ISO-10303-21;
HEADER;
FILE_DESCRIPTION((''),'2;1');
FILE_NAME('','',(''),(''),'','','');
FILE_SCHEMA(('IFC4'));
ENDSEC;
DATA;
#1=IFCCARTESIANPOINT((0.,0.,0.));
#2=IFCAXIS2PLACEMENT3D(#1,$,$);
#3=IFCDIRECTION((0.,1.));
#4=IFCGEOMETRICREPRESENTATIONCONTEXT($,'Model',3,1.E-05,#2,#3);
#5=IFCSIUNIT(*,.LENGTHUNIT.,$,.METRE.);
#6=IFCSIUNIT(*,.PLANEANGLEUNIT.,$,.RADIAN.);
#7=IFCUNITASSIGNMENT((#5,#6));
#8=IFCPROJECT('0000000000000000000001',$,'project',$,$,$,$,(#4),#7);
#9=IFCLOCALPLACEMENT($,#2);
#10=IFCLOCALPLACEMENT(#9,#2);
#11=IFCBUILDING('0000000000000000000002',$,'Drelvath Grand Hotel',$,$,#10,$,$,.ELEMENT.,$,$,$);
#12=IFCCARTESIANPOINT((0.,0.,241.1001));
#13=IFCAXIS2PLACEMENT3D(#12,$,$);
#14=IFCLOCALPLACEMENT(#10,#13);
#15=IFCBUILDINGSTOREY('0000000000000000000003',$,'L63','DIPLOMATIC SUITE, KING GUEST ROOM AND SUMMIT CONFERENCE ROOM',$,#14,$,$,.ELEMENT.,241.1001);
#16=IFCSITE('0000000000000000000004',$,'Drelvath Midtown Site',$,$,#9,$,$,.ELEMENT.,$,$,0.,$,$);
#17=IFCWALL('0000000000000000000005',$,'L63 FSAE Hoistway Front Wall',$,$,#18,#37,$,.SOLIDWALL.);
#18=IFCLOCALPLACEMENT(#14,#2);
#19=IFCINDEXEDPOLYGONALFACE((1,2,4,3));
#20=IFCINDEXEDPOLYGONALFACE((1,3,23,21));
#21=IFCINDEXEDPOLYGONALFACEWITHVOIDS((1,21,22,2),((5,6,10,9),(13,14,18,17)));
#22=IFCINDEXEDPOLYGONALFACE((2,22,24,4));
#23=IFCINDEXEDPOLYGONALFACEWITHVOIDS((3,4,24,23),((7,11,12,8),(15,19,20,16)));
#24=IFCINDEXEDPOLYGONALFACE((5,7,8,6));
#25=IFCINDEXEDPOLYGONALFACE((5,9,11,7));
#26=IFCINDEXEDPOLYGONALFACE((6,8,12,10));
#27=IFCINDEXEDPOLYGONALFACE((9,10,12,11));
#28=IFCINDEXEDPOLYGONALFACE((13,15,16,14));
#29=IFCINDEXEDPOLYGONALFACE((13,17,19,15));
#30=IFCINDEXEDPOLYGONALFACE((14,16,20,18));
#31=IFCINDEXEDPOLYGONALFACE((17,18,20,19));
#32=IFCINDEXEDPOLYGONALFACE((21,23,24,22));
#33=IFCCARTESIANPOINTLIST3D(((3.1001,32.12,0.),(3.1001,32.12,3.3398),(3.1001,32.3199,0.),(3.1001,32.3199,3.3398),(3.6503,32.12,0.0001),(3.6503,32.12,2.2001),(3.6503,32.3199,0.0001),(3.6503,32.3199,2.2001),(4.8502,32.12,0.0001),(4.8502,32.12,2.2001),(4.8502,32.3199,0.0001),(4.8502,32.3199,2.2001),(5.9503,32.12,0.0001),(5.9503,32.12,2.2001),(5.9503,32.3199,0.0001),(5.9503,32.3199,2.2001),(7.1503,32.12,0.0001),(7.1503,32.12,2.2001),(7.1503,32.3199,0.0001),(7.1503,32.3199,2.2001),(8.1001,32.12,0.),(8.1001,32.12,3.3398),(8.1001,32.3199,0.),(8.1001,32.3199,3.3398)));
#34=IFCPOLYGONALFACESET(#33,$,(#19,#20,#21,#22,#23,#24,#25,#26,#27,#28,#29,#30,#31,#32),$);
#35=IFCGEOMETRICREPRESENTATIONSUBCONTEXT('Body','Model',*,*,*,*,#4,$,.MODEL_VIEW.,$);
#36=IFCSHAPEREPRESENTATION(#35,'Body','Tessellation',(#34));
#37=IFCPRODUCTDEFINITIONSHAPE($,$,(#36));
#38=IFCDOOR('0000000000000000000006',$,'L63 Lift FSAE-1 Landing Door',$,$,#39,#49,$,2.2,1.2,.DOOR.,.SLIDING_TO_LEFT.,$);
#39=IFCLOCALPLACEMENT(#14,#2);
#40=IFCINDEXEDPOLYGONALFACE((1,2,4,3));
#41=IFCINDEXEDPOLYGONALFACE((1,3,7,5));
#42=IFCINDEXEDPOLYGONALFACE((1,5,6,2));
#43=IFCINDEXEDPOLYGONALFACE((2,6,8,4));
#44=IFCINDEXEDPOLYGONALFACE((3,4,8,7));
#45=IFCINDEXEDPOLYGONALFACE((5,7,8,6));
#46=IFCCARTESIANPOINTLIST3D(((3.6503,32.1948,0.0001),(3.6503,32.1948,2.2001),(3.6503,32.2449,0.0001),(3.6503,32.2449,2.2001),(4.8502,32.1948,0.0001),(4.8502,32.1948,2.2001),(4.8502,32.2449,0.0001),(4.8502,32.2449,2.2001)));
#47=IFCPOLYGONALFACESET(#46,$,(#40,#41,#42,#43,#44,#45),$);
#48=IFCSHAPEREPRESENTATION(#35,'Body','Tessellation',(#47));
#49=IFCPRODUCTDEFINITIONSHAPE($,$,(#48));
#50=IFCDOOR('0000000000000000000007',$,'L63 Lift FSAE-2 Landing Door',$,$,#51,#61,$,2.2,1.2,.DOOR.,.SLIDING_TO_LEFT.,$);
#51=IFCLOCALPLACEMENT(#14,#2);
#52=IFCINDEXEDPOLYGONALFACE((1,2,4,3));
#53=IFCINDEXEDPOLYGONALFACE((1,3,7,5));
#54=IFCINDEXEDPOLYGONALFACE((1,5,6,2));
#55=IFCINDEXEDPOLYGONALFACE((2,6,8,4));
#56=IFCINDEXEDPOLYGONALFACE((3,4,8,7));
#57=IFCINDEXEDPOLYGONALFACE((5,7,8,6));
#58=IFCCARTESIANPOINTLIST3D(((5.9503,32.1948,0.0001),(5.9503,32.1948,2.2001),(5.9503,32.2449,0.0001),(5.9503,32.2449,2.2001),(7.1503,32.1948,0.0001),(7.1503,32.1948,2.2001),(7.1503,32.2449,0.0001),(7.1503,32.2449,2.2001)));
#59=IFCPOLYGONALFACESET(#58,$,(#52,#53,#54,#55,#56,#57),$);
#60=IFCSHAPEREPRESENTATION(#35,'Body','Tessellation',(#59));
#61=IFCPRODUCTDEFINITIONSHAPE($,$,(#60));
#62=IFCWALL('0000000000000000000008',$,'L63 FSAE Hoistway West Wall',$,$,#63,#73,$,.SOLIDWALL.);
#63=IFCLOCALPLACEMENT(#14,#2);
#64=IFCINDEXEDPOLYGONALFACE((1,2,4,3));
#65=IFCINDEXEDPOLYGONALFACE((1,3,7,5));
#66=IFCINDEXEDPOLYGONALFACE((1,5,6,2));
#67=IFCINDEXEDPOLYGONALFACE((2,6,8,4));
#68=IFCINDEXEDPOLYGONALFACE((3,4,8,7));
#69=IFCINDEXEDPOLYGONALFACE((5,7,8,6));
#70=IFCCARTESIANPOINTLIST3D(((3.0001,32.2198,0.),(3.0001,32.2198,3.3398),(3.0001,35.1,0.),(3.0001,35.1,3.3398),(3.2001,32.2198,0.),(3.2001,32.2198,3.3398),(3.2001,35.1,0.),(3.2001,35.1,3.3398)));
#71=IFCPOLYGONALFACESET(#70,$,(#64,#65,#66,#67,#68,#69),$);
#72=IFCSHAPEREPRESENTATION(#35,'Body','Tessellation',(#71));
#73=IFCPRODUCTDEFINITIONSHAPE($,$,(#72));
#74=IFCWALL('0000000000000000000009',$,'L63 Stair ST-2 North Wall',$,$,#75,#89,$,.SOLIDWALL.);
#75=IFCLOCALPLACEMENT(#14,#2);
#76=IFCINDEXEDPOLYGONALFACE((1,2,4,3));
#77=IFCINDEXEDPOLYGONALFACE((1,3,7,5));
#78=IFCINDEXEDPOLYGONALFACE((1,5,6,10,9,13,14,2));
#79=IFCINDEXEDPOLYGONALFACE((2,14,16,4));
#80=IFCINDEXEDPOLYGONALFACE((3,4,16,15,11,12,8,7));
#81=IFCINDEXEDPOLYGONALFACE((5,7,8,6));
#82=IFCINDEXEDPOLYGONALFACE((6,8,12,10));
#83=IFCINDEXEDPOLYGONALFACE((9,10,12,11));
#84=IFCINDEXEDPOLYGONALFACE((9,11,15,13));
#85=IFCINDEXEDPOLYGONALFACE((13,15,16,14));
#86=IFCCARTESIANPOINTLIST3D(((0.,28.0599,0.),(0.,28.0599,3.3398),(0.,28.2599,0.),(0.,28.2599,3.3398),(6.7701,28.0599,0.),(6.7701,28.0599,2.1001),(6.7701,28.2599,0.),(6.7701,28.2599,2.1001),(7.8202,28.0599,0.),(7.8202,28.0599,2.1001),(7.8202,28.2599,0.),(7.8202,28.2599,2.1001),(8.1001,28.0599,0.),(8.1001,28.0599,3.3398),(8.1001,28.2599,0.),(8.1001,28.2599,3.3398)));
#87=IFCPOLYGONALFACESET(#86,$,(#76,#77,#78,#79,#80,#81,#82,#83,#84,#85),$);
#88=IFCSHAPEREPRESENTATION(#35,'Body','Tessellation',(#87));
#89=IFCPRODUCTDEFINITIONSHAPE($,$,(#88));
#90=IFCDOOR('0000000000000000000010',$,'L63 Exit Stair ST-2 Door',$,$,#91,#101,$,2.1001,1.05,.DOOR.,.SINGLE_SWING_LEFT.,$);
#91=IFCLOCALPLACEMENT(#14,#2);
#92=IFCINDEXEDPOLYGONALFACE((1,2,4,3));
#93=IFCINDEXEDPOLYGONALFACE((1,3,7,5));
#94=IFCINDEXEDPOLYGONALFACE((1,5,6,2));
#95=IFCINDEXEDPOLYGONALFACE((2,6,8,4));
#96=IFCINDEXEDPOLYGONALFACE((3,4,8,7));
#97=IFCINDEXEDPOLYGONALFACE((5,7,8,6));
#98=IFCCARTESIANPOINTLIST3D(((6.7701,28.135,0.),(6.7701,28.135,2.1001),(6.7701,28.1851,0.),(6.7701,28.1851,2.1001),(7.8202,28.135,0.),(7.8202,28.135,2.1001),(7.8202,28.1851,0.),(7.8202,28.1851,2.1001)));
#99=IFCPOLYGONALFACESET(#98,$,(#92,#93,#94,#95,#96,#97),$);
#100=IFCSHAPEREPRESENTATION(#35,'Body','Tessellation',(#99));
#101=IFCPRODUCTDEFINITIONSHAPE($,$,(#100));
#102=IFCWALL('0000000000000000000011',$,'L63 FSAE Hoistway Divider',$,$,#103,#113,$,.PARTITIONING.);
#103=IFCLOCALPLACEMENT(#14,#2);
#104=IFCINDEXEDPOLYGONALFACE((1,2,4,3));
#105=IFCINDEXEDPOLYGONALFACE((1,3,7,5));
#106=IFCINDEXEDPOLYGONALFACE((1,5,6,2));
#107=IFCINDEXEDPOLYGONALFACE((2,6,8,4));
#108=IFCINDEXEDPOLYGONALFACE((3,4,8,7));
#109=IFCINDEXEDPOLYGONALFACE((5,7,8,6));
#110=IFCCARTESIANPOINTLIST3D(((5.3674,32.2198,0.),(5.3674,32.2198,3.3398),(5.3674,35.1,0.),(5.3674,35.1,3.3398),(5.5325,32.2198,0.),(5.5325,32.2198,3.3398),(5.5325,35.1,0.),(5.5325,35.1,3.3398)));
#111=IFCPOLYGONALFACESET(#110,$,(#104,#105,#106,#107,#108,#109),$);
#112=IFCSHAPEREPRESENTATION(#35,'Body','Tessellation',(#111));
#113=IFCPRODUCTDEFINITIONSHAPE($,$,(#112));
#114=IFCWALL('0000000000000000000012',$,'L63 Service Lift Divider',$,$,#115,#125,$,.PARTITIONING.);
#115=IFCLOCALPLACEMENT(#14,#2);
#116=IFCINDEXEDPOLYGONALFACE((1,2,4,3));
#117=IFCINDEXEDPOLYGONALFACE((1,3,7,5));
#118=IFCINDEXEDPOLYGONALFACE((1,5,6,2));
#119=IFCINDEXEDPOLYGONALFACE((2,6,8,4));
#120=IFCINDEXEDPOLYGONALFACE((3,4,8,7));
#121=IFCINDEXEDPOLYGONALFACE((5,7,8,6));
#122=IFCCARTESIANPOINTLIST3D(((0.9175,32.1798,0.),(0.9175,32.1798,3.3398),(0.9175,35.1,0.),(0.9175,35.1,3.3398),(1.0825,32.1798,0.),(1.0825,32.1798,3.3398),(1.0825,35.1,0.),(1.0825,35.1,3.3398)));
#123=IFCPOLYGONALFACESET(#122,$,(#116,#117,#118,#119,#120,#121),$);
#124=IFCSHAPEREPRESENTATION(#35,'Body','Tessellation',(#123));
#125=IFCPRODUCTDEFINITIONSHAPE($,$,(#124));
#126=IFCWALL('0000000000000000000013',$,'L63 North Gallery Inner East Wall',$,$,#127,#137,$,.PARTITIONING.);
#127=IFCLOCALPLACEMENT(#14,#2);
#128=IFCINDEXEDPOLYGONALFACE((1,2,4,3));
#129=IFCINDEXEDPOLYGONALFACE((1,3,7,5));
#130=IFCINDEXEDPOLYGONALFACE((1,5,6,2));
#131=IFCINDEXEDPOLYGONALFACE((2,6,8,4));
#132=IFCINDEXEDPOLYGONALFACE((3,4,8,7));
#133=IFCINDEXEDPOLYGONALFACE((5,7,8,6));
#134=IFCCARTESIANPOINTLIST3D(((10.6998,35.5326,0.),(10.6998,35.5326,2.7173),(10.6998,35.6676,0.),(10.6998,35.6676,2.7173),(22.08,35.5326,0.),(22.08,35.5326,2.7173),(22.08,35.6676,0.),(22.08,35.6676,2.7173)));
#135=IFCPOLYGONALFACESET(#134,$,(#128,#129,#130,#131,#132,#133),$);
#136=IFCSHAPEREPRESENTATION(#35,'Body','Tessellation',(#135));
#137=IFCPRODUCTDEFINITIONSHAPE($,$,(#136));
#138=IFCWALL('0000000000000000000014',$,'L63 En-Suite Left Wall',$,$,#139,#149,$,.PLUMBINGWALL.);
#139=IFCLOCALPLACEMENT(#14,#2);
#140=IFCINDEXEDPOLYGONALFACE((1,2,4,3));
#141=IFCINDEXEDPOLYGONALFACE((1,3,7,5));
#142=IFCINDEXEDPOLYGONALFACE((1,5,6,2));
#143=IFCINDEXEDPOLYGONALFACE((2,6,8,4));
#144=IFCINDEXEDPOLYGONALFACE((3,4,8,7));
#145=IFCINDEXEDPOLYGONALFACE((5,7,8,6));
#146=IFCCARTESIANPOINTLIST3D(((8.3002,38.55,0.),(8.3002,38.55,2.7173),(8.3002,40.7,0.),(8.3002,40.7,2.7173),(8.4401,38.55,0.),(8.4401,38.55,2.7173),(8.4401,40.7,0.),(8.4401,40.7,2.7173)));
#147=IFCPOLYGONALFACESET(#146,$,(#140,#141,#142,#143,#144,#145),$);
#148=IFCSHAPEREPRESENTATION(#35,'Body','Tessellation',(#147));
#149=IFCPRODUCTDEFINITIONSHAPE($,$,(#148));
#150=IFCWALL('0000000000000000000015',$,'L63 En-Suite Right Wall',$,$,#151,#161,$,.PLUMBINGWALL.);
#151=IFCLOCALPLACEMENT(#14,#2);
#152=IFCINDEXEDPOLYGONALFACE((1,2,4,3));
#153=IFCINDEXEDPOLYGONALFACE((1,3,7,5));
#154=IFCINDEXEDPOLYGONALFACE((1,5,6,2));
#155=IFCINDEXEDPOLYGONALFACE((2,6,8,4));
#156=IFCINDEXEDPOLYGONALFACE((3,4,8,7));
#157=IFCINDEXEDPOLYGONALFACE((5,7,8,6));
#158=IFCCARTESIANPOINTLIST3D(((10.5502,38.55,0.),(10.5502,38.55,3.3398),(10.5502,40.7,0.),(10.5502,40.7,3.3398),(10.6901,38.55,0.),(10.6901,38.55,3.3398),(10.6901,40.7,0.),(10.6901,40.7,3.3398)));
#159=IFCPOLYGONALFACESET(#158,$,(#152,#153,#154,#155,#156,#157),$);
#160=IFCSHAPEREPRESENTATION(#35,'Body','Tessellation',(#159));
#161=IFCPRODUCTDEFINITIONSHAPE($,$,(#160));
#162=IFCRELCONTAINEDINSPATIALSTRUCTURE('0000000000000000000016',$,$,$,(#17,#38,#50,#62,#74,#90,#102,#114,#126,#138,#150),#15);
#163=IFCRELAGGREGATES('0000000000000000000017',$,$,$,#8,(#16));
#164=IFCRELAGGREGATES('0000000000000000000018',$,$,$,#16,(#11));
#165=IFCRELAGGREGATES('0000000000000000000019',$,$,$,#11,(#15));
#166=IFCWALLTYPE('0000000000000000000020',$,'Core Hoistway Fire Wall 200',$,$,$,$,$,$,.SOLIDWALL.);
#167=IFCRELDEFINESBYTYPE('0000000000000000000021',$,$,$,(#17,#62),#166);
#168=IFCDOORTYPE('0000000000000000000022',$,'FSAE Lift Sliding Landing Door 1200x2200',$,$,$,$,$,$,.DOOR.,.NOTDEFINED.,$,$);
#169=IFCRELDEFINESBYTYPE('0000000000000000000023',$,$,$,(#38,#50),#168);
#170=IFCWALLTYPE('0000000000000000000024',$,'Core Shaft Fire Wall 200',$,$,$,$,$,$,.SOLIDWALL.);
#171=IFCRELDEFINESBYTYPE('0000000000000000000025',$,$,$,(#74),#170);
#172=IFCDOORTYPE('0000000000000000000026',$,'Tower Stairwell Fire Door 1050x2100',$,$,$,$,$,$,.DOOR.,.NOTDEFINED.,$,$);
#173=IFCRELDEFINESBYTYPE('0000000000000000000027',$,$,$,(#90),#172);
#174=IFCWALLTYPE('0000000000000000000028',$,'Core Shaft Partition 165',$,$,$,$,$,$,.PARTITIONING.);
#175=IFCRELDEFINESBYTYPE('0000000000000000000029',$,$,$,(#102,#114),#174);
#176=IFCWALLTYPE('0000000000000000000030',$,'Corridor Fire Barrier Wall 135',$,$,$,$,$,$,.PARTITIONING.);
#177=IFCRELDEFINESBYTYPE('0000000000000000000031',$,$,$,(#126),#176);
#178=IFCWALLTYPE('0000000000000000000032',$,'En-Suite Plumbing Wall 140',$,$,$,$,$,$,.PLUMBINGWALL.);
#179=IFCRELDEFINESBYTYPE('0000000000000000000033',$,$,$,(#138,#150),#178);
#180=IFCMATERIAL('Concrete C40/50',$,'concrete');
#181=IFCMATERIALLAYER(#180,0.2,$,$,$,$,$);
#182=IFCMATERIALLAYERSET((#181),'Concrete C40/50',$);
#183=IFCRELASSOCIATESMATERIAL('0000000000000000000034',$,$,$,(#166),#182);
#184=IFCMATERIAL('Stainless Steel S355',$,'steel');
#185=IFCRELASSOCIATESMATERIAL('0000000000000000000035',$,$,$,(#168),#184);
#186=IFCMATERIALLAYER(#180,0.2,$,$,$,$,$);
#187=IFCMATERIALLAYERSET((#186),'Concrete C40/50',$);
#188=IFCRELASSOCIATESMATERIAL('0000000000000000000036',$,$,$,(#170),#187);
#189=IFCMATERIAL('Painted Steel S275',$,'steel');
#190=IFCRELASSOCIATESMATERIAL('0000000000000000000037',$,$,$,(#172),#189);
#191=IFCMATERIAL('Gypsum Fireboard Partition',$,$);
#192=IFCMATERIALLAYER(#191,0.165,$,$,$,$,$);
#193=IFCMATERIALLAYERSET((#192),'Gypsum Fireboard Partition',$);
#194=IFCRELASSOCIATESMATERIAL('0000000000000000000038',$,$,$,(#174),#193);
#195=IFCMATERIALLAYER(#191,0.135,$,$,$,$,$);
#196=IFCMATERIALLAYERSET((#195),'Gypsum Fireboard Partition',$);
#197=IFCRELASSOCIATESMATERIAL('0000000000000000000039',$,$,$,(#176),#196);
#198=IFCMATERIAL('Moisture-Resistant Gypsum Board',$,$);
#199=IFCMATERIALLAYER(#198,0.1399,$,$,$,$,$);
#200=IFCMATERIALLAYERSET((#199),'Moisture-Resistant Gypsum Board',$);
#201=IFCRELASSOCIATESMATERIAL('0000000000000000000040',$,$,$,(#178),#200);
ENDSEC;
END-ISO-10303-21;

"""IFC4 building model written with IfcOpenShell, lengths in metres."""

from ifc_helpers import new_model, si_unit, direction, frame, frame_2d, origin, place, context, subcontext, project, spatial, rectangle, extrude, material, layer, layer_set, type_object, element, fill, save


model = new_model("IFC4")

# Units and contexts
model_context = context("Model", 3, precision=1e-05, world=origin(), true_north=direction((0.0, 1.0)))
body_context = subcontext(model_context, "Body", "Model", "MODEL_VIEW")
ifc_project = project(units=[si_unit("LENGTHUNIT", "METRE"), si_unit("PLANEANGLEUNIT", "RADIAN")], contexts=[model_context])

# Site, building, storey
site_placement = place(None, origin())
site = spatial("IfcSite", under=ifc_project, at=site_placement, Name="Drelvath Midtown Site", CompositionType="ELEMENT", RefElevation=0.0)
building_placement = place(site_placement, origin())
building = spatial("IfcBuilding", under=site, at=building_placement, Name="Drelvath Grand Hotel", CompositionType="ELEMENT")
storey_placement = place(building_placement, frame((0.0, 0.0, 241.1001)))
storey = spatial("IfcBuildingStorey", under=building, at=storey_placement, Name="L63", Description="DIPLOMATIC SUITE, KING GUEST ROOM AND SUMMIT CONFERENCE ROOM", CompositionType="ELEMENT", Elevation=241.1001)

# Wall, openings, doors
ifc_material_1 = material(Name="Concrete C40/50", Category="concrete")
ifc_layer_1 = layer(ifc_material_1, 0.2)
ifc_layer_set_1 = layer_set([ifc_layer_1], Name="Concrete C40/50")
wall_type_1 = type_object("IfcWallType", Name="Core Hoistway Fire Wall 200", PredefinedType="SOLIDWALL", material=ifc_layer_set_1)
wall_1_placement = place(storey_placement, frame((3.1001, 32.22, 0.0), z_axis=(0.0, 0.0, 1.0), x_axis=(1.0, 0.0, 0.0)))
wall_1 = element("IfcWall", 1, at=wall_1_placement, inside=storey, type_object=wall_type_1, Name="L63 FSAE Hoistway Front Wall", PredefinedType="SOLIDWALL", context=body_context, shape_type="SweptSolid", body=[
    extrude(rectangle(XDim=5.0, YDim=0.2, at=frame_2d((2.5, 0.0))), origin(), (0.0, 0.0, 1.0), 3.3398),
])
opening_1_placement = place(wall_1_placement, frame((0.55, 0.0, 0.0)))
opening_1 = element("IfcOpeningElement", 2, at=opening_1_placement, cuts=wall_1, PredefinedType="OPENING", context=body_context, shape_type="SweptSolid", body=[
    extrude(rectangle(XDim=1.2, YDim=2.2, at=frame_2d((0.6001, 1.1001))), frame((0.0, 0.1099, 0.0), z_axis=(0.0, -1.0, 0.0), x_axis=(1.0, 0.0, 0.0)), (0.0, 0.0, 1.0), 0.22),
])
opening_2_placement = place(wall_1_placement, frame((2.8501, 0.0, 0.0)))
opening_2 = element("IfcOpeningElement", 3, at=opening_2_placement, cuts=wall_1, PredefinedType="OPENING", context=body_context, shape_type="SweptSolid", body=[
    extrude(rectangle(XDim=1.2, YDim=2.2, at=frame_2d((0.6001, 1.1001))), frame((0.0, 0.1099, 0.0), z_axis=(0.0, -1.0, 0.0), x_axis=(1.0, 0.0, 0.0)), (0.0, 0.0, 1.0), 0.22),
])
ifc_material_2 = material(Name="Stainless Steel S355", Category="steel")
door_type_1 = type_object("IfcDoorType", Name="FSAE Lift Sliding Landing Door 1200x2200", OperationType="NOTDEFINED", PredefinedType="DOOR", material=ifc_material_2)
door_1_placement = place(opening_1_placement, origin())
door_1 = element("IfcDoor", 4, at=door_1_placement, inside=storey, type_object=door_type_1, Name="L63 Lift FSAE-1 Landing Door", OperationType="SLIDING_TO_LEFT", OverallHeight=2.2, OverallWidth=1.2, PredefinedType="DOOR", context=body_context, shape_type="SweptSolid", body=[
    extrude(rectangle(XDim=1.2, YDim=2.2, at=frame_2d((0.6001, 1.1001))), frame((0.0, 0.0249, 0.0), z_axis=(0.0, -1.0, 0.0), x_axis=(1.0, 0.0, 0.0)), (0.0, 0.0, 1.0), 0.05),
])
fill(opening_1, door_1)
door_2_placement = place(opening_2_placement, origin())
door_2 = element("IfcDoor", 5, at=door_2_placement, inside=storey, type_object=door_type_1, Name="L63 Lift FSAE-2 Landing Door", OperationType="SLIDING_TO_LEFT", OverallHeight=2.2, OverallWidth=1.2, PredefinedType="DOOR", context=body_context, shape_type="SweptSolid", body=[
    extrude(rectangle(XDim=1.2, YDim=2.2, at=frame_2d((0.6001, 1.1001))), frame((0.0, 0.0249, 0.0), z_axis=(0.0, -1.0, 0.0), x_axis=(1.0, 0.0, 0.0)), (0.0, 0.0, 1.0), 0.05),
])
fill(opening_2, door_2)

# Wall
wall_2_placement = place(storey_placement, frame((3.1001, 32.22, 0.0), z_axis=(0.0, 0.0, 1.0), x_axis=(0.0, 1.0, 0.0)))
element("IfcWall", 6, at=wall_2_placement, inside=storey, type_object=wall_type_1, Name="L63 FSAE Hoistway West Wall", PredefinedType="SOLIDWALL", context=body_context, shape_type="SweptSolid", body=[
    extrude(rectangle(XDim=2.8801, YDim=0.2, at=frame_2d((1.4399, 0.0))), origin(), (0.0, 0.0, 1.0), 3.3398),
])

# Wall, opening, door
ifc_layer_2 = layer(ifc_material_1, 0.2)
ifc_layer_set_2 = layer_set([ifc_layer_2], Name="Concrete C40/50")
wall_type_2 = type_object("IfcWallType", Name="Core Shaft Fire Wall 200", PredefinedType="SOLIDWALL", material=ifc_layer_set_2)
wall_3_placement = place(storey_placement, frame((8.1001, 28.1599, 0.0), z_axis=(0.0, 0.0, 1.0), x_axis=(-1.0, 0.0, 0.0)))
wall_3 = element("IfcWall", 7, at=wall_3_placement, inside=storey, type_object=wall_type_2, Name="L63 Stair ST-2 North Wall", PredefinedType="SOLIDWALL", context=body_context, shape_type="SweptSolid", body=[
    extrude(rectangle(XDim=8.1001, YDim=0.2, at=frame_2d((4.05, 0.0))), origin(), (0.0, 0.0, 1.0), 3.3398),
])
opening_3_placement = place(wall_3_placement, frame((0.28, 0.0, 0.0)))
opening_3 = element("IfcOpeningElement", 8, at=opening_3_placement, cuts=wall_3, PredefinedType="OPENING", context=body_context, shape_type="SweptSolid", body=[
    extrude(rectangle(XDim=1.05, YDim=2.1001, at=frame_2d((0.5249, 1.05))), frame((0.0, 0.1099, 0.0), z_axis=(0.0, -1.0, 0.0), x_axis=(1.0, 0.0, 0.0)), (0.0, 0.0, 1.0), 0.22),
])
ifc_material_3 = material(Name="Painted Steel S275", Category="steel")
door_type_2 = type_object("IfcDoorType", Name="Tower Stairwell Fire Door 1050x2100", OperationType="NOTDEFINED", PredefinedType="DOOR", material=ifc_material_3)
door_3_placement = place(opening_3_placement, origin())
door_3 = element("IfcDoor", 9, at=door_3_placement, inside=storey, type_object=door_type_2, Name="L63 Exit Stair ST-2 Door", OperationType="SINGLE_SWING_LEFT", OverallHeight=2.1001, OverallWidth=1.05, PredefinedType="DOOR", context=body_context, shape_type="SweptSolid", body=[
    extrude(rectangle(XDim=1.05, YDim=2.1001, at=frame_2d((0.5249, 1.05))), frame((0.0, 0.0249, 0.0), z_axis=(0.0, -1.0, 0.0), x_axis=(1.0, 0.0, 0.0)), (0.0, 0.0, 1.0), 0.05),
])
fill(opening_3, door_3)

# Walls
ifc_material_4 = material(Name="Gypsum Fireboard Partition")
ifc_layer_3 = layer(ifc_material_4, 0.165)
ifc_layer_set_3 = layer_set([ifc_layer_3], Name="Gypsum Fireboard Partition")
wall_type_3 = type_object("IfcWallType", Name="Core Shaft Partition 165", PredefinedType="PARTITIONING", material=ifc_layer_set_3)
wall_4_placement = place(storey_placement, frame((5.45, 32.22, 0.0), z_axis=(0.0, 0.0, 1.0), x_axis=(0.0, 1.0, 0.0)))
element("IfcWall", 10, at=wall_4_placement, inside=storey, type_object=wall_type_3, Name="L63 FSAE Hoistway Divider", PredefinedType="PARTITIONING", context=body_context, shape_type="SweptSolid", body=[
    extrude(rectangle(XDim=2.8801, YDim=0.165, at=frame_2d((1.4399, 0.0))), origin(), (0.0, 0.0, 1.0), 3.3398),
])
wall_5_placement = place(storey_placement, frame((1.0, 32.1799, 0.0), z_axis=(0.0, 0.0, 1.0), x_axis=(0.0, 1.0, 0.0)))
element("IfcWall", 11, at=wall_5_placement, inside=storey, type_object=wall_type_3, Name="L63 Service Lift Divider", PredefinedType="PARTITIONING", context=body_context, shape_type="SweptSolid", body=[
    extrude(rectangle(XDim=2.9202, YDim=0.165, at=frame_2d((1.46, 0.0))), origin(), (0.0, 0.0, 1.0), 3.3398),
])
ifc_layer_4 = layer(ifc_material_4, 0.135)
ifc_layer_set_4 = layer_set([ifc_layer_4], Name="Gypsum Fireboard Partition")
wall_type_4 = type_object("IfcWallType", Name="Corridor Fire Barrier Wall 135", PredefinedType="PARTITIONING", material=ifc_layer_set_4)
wall_6_placement = place(storey_placement, frame((10.7, 35.6001, 0.0), z_axis=(0.0, 0.0, 1.0), x_axis=(1.0, 0.0, 0.0)))
element("IfcWall", 12, at=wall_6_placement, inside=storey, type_object=wall_type_4, Name="L63 North Gallery Inner East Wall", PredefinedType="PARTITIONING", context=body_context, shape_type="SweptSolid", body=[
    extrude(rectangle(XDim=11.3801, YDim=0.135, at=frame_2d((5.6899, 0.0))), origin(), (0.0, 0.0, 1.0), 2.7173),
])
ifc_material_5 = material(Name="Moisture-Resistant Gypsum Board")
ifc_layer_5 = layer(ifc_material_5, 0.1399)
ifc_layer_set_5 = layer_set([ifc_layer_5], Name="Moisture-Resistant Gypsum Board")
wall_type_5 = type_object("IfcWallType", Name="En-Suite Plumbing Wall 140", PredefinedType="PLUMBINGWALL", material=ifc_layer_set_5)
wall_7_placement = place(storey_placement, frame((8.3701, 38.55, 0.0), z_axis=(0.0, 0.0, 1.0), x_axis=(0.0, 1.0, 0.0)))
element("IfcWall", 13, at=wall_7_placement, inside=storey, type_object=wall_type_5, Name="L63 En-Suite Left Wall", PredefinedType="PLUMBINGWALL", context=body_context, shape_type="SweptSolid", body=[
    extrude(rectangle(XDim=2.1499, YDim=0.1399, at=frame_2d((1.075, 0.0))), origin(), (0.0, 0.0, 1.0), 2.7173),
])
wall_8_placement = place(storey_placement, frame((10.6201, 38.55, 0.0), z_axis=(0.0, 0.0, 1.0), x_axis=(0.0, 1.0, 0.0)))
element("IfcWall", 14, at=wall_8_placement, inside=storey, type_object=wall_type_5, Name="L63 En-Suite Right Wall", PredefinedType="PLUMBINGWALL", context=body_context, shape_type="SweptSolid", body=[
    extrude(rectangle(XDim=2.1499, YDim=0.1399, at=frame_2d((1.075, 0.0))), origin(), (0.0, 0.0, 1.0), 3.3398),
])

save(model, "model.ifc")
